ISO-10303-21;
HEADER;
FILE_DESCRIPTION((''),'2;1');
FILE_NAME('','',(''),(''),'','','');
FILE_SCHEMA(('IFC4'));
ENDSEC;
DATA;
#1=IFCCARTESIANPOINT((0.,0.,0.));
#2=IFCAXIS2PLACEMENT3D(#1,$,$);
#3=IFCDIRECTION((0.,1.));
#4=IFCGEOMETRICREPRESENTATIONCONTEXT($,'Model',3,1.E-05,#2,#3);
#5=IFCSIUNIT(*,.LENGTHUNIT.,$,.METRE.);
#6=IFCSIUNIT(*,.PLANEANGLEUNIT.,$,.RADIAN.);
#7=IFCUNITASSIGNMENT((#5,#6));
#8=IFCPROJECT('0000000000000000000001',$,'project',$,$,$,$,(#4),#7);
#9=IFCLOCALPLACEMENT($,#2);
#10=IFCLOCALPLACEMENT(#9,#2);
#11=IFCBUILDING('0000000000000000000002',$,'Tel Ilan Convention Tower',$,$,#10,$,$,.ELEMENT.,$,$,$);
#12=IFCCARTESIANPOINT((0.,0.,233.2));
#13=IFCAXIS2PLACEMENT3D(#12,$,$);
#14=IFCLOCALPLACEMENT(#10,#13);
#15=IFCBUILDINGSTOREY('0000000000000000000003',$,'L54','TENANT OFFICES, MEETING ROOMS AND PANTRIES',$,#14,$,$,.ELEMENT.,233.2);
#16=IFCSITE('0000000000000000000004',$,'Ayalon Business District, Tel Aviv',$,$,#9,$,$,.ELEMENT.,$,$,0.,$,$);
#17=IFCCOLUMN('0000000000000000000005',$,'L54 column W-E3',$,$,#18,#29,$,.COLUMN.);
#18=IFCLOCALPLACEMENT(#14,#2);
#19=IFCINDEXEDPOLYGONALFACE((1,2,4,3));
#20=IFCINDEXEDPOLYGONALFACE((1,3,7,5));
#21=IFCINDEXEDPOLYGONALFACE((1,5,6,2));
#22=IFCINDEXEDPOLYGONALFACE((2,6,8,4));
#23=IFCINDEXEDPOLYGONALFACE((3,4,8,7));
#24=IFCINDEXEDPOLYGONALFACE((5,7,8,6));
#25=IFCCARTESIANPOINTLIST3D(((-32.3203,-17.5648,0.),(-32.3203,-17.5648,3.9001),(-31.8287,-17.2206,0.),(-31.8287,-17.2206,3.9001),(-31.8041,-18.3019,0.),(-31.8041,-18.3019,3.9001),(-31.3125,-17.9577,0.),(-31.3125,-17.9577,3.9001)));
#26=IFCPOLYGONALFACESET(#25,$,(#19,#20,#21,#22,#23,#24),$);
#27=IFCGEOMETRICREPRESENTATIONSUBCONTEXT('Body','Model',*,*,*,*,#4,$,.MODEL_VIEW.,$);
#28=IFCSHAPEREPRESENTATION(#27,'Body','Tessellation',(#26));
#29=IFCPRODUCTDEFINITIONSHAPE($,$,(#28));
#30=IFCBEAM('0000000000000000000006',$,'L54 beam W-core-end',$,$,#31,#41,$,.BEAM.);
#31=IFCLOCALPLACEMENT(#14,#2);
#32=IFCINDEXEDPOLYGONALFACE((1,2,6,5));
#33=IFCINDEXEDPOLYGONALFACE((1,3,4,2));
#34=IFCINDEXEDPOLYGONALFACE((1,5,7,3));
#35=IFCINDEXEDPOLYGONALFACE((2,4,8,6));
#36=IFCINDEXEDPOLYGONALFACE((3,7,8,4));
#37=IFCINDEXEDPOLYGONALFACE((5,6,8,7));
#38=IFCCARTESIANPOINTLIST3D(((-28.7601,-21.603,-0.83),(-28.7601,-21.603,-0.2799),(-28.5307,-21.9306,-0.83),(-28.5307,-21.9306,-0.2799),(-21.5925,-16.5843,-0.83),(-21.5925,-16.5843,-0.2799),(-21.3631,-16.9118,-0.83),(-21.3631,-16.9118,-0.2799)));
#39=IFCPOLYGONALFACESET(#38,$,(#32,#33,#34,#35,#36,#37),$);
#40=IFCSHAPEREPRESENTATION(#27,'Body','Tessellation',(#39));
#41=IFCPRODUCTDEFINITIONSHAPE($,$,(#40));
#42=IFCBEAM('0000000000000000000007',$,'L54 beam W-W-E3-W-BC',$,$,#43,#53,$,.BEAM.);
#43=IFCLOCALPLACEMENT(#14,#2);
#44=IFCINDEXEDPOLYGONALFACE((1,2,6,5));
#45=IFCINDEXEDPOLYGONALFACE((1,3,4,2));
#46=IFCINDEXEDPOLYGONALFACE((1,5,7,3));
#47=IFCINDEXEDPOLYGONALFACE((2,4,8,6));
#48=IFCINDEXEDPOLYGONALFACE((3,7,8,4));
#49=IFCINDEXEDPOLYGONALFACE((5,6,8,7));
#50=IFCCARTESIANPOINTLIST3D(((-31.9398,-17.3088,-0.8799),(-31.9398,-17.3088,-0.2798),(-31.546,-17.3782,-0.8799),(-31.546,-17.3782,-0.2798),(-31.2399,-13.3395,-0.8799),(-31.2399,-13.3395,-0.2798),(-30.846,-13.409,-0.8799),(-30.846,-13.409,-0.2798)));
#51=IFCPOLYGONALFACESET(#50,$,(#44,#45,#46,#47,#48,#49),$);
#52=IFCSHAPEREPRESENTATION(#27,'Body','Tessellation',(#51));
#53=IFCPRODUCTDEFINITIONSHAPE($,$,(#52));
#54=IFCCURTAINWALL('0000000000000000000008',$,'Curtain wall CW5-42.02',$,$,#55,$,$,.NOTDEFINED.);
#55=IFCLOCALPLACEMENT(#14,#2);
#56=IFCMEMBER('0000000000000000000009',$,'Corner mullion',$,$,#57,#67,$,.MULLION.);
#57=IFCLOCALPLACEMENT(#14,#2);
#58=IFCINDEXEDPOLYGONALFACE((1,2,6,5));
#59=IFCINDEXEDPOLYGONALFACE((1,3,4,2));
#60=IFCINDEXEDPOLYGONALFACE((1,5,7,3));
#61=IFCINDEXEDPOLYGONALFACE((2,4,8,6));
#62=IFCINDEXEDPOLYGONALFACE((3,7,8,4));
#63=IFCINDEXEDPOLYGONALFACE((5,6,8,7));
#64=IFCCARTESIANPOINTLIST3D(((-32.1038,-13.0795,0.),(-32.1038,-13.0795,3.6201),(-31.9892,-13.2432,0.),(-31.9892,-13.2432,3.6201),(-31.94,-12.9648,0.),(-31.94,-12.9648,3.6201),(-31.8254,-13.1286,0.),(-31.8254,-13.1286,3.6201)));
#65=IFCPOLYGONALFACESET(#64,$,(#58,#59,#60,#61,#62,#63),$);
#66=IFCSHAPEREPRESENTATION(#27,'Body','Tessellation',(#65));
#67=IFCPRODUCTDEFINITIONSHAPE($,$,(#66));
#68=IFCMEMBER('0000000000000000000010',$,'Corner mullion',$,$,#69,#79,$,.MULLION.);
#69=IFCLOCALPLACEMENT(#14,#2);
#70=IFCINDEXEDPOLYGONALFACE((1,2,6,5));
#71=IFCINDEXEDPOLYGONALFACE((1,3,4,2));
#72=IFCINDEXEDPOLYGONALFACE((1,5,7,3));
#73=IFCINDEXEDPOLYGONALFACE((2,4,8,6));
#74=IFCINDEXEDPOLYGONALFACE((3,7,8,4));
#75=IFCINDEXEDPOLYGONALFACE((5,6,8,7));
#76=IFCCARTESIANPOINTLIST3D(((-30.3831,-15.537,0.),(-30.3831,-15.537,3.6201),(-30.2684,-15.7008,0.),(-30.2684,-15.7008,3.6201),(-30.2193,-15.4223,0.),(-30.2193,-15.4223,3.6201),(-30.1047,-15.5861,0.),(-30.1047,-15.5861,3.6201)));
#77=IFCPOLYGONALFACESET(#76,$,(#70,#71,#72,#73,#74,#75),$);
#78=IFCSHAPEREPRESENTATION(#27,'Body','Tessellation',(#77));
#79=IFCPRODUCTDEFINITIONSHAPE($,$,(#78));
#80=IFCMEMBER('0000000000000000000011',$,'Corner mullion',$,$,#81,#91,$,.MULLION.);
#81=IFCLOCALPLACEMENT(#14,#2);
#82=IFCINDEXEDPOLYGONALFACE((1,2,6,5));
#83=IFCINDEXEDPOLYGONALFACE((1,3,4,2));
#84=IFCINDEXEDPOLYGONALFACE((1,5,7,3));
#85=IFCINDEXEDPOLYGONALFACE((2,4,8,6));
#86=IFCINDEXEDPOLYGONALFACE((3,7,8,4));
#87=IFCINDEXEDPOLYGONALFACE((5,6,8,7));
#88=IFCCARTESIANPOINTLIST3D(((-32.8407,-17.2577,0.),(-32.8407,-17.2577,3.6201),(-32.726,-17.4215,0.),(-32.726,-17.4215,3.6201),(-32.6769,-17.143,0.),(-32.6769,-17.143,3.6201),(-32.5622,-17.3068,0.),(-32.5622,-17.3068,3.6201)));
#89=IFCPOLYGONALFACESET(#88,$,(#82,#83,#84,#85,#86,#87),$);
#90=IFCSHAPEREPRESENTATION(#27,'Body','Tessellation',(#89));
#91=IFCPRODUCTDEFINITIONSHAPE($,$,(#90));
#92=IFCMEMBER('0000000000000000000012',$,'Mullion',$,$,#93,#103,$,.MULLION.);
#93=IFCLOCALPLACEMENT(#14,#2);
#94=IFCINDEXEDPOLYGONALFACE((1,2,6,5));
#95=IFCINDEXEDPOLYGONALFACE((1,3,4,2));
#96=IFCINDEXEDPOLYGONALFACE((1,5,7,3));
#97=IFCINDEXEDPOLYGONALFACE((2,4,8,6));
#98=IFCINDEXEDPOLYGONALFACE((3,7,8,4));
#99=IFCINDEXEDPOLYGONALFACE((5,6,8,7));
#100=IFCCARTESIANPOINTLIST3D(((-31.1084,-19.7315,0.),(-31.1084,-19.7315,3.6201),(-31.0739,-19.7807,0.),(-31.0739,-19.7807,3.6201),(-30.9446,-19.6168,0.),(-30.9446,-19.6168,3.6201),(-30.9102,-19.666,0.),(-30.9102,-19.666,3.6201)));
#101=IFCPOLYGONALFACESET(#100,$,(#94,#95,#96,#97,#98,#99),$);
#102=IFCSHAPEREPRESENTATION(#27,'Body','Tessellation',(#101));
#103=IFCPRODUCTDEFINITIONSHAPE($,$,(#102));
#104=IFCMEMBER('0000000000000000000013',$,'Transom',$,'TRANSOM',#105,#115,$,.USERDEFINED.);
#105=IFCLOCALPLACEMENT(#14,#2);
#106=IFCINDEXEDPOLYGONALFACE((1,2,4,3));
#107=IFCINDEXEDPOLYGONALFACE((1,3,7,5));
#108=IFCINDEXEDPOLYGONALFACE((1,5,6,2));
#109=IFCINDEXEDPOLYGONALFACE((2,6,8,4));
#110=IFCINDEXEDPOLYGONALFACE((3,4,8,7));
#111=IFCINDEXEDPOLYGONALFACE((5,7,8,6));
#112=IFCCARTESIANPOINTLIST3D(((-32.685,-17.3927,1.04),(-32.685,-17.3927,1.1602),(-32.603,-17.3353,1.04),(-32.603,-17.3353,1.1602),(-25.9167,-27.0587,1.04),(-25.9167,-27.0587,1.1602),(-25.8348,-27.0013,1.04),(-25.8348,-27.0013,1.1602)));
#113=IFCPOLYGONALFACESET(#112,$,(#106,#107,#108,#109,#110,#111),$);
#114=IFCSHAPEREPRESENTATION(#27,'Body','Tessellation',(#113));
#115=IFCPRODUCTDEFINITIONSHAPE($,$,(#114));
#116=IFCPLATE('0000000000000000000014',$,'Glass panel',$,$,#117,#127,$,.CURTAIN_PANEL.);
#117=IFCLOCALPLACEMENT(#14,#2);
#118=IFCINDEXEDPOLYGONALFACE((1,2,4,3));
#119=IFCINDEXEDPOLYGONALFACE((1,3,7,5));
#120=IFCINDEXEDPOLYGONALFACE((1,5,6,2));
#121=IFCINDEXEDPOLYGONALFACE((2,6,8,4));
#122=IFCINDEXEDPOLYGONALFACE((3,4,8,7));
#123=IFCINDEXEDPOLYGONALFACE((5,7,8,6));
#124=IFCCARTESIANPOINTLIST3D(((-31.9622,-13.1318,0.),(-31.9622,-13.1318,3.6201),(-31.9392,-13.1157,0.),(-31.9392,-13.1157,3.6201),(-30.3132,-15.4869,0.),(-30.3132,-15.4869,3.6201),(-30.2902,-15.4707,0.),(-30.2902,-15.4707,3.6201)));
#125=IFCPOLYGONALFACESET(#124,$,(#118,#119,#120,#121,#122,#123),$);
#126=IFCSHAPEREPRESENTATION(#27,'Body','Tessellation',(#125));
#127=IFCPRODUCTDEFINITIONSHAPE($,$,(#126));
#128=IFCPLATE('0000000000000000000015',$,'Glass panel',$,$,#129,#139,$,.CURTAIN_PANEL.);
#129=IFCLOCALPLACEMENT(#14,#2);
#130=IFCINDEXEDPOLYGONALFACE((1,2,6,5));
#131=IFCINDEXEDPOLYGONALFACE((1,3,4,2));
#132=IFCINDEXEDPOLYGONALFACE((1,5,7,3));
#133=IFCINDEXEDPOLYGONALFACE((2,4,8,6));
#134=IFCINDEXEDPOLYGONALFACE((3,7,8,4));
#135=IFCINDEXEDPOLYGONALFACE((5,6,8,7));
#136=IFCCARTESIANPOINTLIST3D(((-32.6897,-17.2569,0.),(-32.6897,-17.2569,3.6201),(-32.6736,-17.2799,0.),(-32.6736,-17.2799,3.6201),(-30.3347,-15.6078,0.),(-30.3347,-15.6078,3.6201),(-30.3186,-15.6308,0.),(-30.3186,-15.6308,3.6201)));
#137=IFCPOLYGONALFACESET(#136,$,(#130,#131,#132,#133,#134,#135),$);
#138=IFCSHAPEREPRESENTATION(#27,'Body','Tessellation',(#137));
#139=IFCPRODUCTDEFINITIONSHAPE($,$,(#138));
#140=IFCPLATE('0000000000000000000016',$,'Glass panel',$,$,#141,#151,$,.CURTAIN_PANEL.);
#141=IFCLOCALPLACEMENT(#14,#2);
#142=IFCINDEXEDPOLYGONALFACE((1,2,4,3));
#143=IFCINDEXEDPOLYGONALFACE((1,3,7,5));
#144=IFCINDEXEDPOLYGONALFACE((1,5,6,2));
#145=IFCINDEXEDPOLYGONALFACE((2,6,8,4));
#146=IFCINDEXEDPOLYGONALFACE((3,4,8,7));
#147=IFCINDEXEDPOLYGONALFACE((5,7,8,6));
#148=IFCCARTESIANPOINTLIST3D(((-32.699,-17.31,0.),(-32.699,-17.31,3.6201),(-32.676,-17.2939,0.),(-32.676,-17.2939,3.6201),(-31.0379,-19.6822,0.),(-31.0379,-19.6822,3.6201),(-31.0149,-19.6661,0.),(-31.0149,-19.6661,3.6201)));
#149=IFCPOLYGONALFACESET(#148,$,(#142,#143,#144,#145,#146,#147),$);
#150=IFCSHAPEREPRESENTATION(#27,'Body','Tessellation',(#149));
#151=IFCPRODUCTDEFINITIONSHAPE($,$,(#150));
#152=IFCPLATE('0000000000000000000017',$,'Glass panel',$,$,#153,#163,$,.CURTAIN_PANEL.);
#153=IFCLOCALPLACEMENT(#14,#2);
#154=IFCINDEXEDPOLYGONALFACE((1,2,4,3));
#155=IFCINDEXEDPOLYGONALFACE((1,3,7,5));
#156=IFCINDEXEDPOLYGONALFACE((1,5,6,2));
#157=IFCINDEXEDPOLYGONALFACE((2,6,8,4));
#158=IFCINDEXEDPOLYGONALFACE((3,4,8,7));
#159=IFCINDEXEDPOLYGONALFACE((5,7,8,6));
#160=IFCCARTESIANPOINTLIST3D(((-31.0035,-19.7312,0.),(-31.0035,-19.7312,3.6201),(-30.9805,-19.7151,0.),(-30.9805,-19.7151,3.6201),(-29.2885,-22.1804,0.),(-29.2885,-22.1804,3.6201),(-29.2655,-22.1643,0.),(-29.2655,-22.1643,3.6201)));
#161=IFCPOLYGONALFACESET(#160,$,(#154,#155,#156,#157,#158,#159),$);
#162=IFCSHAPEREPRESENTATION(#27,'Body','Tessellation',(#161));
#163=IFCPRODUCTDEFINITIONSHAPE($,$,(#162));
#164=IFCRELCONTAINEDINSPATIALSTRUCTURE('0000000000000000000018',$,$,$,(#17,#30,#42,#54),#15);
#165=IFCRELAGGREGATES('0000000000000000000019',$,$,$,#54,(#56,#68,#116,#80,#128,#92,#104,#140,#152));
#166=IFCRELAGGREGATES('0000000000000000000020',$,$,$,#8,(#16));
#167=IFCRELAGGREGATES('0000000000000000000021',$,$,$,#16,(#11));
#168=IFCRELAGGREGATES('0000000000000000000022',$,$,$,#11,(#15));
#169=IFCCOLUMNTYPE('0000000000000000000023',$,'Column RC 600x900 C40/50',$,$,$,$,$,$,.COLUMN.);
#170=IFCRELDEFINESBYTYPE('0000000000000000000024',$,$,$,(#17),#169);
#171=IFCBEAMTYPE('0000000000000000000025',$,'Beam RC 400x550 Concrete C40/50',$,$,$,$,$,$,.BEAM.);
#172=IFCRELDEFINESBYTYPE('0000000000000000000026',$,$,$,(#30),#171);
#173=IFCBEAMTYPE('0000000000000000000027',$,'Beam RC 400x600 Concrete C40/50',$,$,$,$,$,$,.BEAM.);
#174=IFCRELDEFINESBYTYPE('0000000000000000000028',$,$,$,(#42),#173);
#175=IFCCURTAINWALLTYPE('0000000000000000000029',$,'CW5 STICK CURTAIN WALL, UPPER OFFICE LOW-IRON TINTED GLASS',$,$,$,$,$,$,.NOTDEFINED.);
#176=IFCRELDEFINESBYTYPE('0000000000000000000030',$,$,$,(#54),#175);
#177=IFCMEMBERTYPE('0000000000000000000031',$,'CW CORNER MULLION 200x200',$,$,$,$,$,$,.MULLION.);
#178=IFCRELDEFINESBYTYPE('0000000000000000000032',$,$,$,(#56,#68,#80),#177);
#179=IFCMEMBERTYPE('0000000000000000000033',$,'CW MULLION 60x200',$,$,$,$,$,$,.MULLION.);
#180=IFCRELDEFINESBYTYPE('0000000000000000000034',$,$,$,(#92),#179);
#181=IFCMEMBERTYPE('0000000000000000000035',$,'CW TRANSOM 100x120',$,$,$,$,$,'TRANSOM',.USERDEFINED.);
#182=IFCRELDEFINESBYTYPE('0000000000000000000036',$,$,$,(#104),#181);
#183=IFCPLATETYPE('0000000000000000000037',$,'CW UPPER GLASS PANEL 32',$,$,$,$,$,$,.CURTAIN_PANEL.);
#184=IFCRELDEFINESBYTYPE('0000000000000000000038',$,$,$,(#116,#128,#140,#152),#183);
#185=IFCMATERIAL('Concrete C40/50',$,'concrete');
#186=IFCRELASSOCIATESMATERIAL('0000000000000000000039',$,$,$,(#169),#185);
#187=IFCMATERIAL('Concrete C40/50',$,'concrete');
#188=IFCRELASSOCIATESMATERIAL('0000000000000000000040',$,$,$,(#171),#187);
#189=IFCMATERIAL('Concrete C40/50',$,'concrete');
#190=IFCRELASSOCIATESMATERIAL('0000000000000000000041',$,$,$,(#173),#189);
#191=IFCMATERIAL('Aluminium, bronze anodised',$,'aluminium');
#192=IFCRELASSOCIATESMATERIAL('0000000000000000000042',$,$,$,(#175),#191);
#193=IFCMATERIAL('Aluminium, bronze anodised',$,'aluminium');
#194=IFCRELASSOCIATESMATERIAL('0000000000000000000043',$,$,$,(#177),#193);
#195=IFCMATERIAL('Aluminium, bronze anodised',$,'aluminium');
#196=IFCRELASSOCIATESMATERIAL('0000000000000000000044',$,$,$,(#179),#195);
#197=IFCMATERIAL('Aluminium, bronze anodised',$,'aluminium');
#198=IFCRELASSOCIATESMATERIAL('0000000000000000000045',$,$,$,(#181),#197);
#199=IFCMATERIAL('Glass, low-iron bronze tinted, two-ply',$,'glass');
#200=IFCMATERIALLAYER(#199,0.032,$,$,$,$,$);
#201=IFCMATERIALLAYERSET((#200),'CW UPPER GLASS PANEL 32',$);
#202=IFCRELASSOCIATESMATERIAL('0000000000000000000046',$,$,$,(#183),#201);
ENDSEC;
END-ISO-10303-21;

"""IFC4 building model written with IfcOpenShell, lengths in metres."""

from ifc_helpers import new_model, si_unit, direction, frame, origin, origin_2d, place, context, subcontext, project, spatial, rectangle, extrude, material, layer, layer_set, material_profile, profile_set, type_object, element, aggregate, save


model = new_model("IFC4")

# Units and contexts
model_context = context("Model", 3, precision=1e-05, world=origin(), true_north=direction((0.0, 1.0)))
body_context = subcontext(model_context, "Body", "Model", "MODEL_VIEW")
ifc_project = project(units=[si_unit("LENGTHUNIT", "METRE"), si_unit("PLANEANGLEUNIT", "RADIAN")], contexts=[model_context])

# Site, building, storey
site_placement = place(None, origin())
site = spatial("IfcSite", under=ifc_project, at=site_placement, Name="Ayalon Business District, Tel Aviv", CompositionType="ELEMENT", RefElevation=0.0)
building_placement = place(site_placement, origin())
building = spatial("IfcBuilding", under=site, at=building_placement, Name="Tel Ilan Convention Tower", CompositionType="ELEMENT")
storey_placement = place(building_placement, frame((0.0, 0.0, 233.2)))
storey = spatial("IfcBuildingStorey", under=building, at=storey_placement, Name="L54", Description="TENANT OFFICES, MEETING ROOMS AND PANTRIES", CompositionType="ELEMENT", Elevation=233.2)

# Column
ifc_material_1 = material(Name="Concrete C40/50", Category="concrete")
ifc_material_profile_1 = material_profile(ifc_material_1, rectangle(XDim=0.8999, YDim=0.6001, at=origin_2d()), Name="RC 600x900")
ifc_profile_set_1 = profile_set([ifc_material_profile_1], Name="Concrete C40/50")
column_type = type_object("IfcColumnType", Name="Column RC 600x900 C40/50", PredefinedType="COLUMN", material=ifc_profile_set_1)
column_placement = place(storey_placement, frame((-31.8164, -17.7612, 0.0), z_axis=(0.0, 0.0, 1.0), x_axis=(-0.573576, 0.819152, 0.0)))
element("IfcColumn", 1, at=column_placement, inside=storey, type_object=column_type, Name="L54 column W-E3", PredefinedType="COLUMN", context=body_context, shape_type="SweptSolid", body=[
    extrude(rectangle(XDim=0.8999, YDim=0.6001, at=origin_2d()), origin(), (0.0, 0.0, 1.0), 3.9001),
])

# Beams
ifc_material_2 = material(Name="Concrete C40/50", Category="concrete")
ifc_material_profile_2 = material_profile(ifc_material_2, rectangle(XDim=0.3999, YDim=0.55, at=origin_2d()), Name="RC 400x550")
ifc_profile_set_2 = profile_set([ifc_material_profile_2], Name="Concrete C40/50")
beam_type_1 = type_object("IfcBeamType", Name="Beam RC 400x550 Concrete C40/50", PredefinedType="BEAM", material=ifc_profile_set_2)
beam_1_placement = place(storey_placement, frame((-21.4778, -16.748, -0.5549), z_axis=(-0.819157, -0.573569, 0.0), x_axis=(0.573569, -0.819157, 0.0)))
element("IfcBeam", 2, at=beam_1_placement, inside=storey, type_object=beam_type_1, Name="L54 beam W-core-end", PredefinedType="BEAM", context=body_context, shape_type="SweptSolid", body=[
    extrude(rectangle(XDim=0.3999, YDim=0.55, at=origin_2d()), origin(), (0.0, 0.0, 1.0), 8.75),
])
ifc_material_3 = material(Name="Concrete C40/50", Category="concrete")
ifc_material_profile_3 = material_profile(ifc_material_3, rectangle(XDim=0.3999, YDim=0.6001, at=origin_2d()), Name="RC 400x600")
ifc_profile_set_3 = profile_set([ifc_material_profile_3], Name="Concrete C40/50")
beam_type_2 = type_object("IfcBeamType", Name="Beam RC 400x600 Concrete C40/50", PredefinedType="BEAM", material=ifc_profile_set_3)
beam_2_placement = place(storey_placement, frame((-31.7429, -17.3435, -0.5798), z_axis=(0.173664, 0.984805, 0.0), x_axis=(-0.984805, 0.173664, 0.0)))
element("IfcBeam", 3, at=beam_2_placement, inside=storey, type_object=beam_type_2, Name="L54 beam W-W-E3-W-BC", PredefinedType="BEAM", context=body_context, shape_type="SweptSolid", body=[
    extrude(rectangle(XDim=0.3999, YDim=0.6001, at=origin_2d()), origin(), (0.0, 0.0, 1.0), 4.0305),
])

# Curtain wall, members, plates
ifc_material_4 = material(Name="Aluminium, bronze anodised", Category="aluminium")
curtain_wall_type = type_object("IfcCurtainWallType", Name="CW5 STICK CURTAIN WALL, UPPER OFFICE LOW-IRON TINTED GLASS", PredefinedType="NOTDEFINED", material=ifc_material_4)
curtain_wall_placement = place(storey_placement, origin())
curtain_wall = element("IfcCurtainWall", 4, at=curtain_wall_placement, inside=storey, type_object=curtain_wall_type, Name="Curtain wall CW5-42.02", PredefinedType="NOTDEFINED")
ifc_material_5 = material(Name="Aluminium, bronze anodised", Category="aluminium")
ifc_material_profile_4 = material_profile(ifc_material_5, rectangle(XDim=0.2, YDim=0.2, at=origin_2d()), Name="CW CORNER MULLION 200x200")
ifc_profile_set_4 = profile_set([ifc_material_profile_4], Name="Aluminium, bronze anodised")
member_type_1 = type_object("IfcMemberType", Name="CW CORNER MULLION 200x200", PredefinedType="MULLION", material=ifc_profile_set_4)
member_1_placement = place(storey_placement, frame((-31.9646, -13.104, 0.0), z_axis=(0.0, 0.0, 1.0), x_axis=(-0.819152, -0.573576, 0.0)))
member_1 = element("IfcMember", 5, at=member_1_placement, type_object=member_type_1, Name="Corner mullion", PredefinedType="MULLION", context=body_context, shape_type="SweptSolid", body=[
    extrude(rectangle(XDim=0.2, YDim=0.2, at=origin_2d()), origin(), (0.0, 0.0, 1.0), 3.6201),
])
member_2_placement = place(storey_placement, frame((-30.2439, -15.5615, 0.0), z_axis=(0.0, 0.0, 1.0), x_axis=(0.573576, -0.819152, 0.0)))
member_2 = element("IfcMember", 6, at=member_2_placement, type_object=member_type_1, Name="Corner mullion", PredefinedType="MULLION", context=body_context, shape_type="SweptSolid", body=[
    extrude(rectangle(XDim=0.2, YDim=0.2, at=origin_2d()), origin(), (0.0, 0.0, 1.0), 3.6201),
])
member_3_placement = place(storey_placement, frame((-32.7014, -17.2822, 0.0), z_axis=(0.0, 0.0, 1.0), x_axis=(-0.819152, -0.573576, 0.0)))
member_3 = element("IfcMember", 7, at=member_3_placement, type_object=member_type_1, Name="Corner mullion", PredefinedType="MULLION", context=body_context, shape_type="SweptSolid", body=[
    extrude(rectangle(XDim=0.2, YDim=0.2, at=origin_2d()), origin(), (0.0, 0.0, 1.0), 3.6201),
])
ifc_material_6 = material(Name="Aluminium, bronze anodised", Category="aluminium")
ifc_material_profile_5 = material_profile(ifc_material_6, rectangle(XDim=0.0601, YDim=0.2, at=origin_2d()), Name="CW MULLION 60x200")
ifc_profile_set_5 = profile_set([ifc_material_profile_5], Name="Aluminium, bronze anodised")
member_type_2 = type_object("IfcMemberType", Name="CW MULLION 60x200", PredefinedType="MULLION", material=ifc_profile_set_5)
member_4_placement = place(storey_placement, frame((-31.0093, -19.6987, 0.0), z_axis=(0.0, 0.0, 1.0), x_axis=(0.573576, -0.819152, 0.0)))
member_4 = element("IfcMember", 8, at=member_4_placement, type_object=member_type_2, Name="Mullion", PredefinedType="MULLION", context=body_context, shape_type="SweptSolid", body=[
    extrude(rectangle(XDim=0.0601, YDim=0.2, at=origin_2d()), origin(), (0.0, 0.0, 1.0), 3.6201),
])
ifc_material_7 = material(Name="Aluminium, bronze anodised", Category="aluminium")
ifc_material_profile_6 = material_profile(ifc_material_7, rectangle(XDim=0.1001, YDim=0.1201, at=origin_2d()), Name="CW TRANSOM 100x120")
ifc_profile_set_6 = profile_set([ifc_material_profile_6], Name="Aluminium, bronze anodised")
member_type_3 = type_object("IfcMemberType", Name="CW TRANSOM 100x120", ElementType="TRANSOM", PredefinedType="USERDEFINED", material=ifc_profile_set_6)
member_5_placement = place(storey_placement, frame((-32.644, -17.364, 1.1001), z_axis=(0.573582, -0.819148, 0.0), x_axis=(0.819148, 0.573582, 0.0)))
member_5 = element("IfcMember", 9, at=member_5_placement, type_object=member_type_3, Name="Transom", ObjectType="TRANSOM", PredefinedType="USERDEFINED", context=body_context, shape_type="SweptSolid", body=[
    extrude(rectangle(XDim=0.1001, YDim=0.1201, at=origin_2d()), origin(), (0.0, 0.0, 1.0), 11.8),
])
ifc_material_8 = material(Name="Glass, low-iron bronze tinted, two-ply", Category="glass")
ifc_layer_1 = layer(ifc_material_8, 0.032)
ifc_layer_set_1 = layer_set([ifc_layer_1], Name="CW UPPER GLASS PANEL 32")
plate_type = type_object("IfcPlateType", Name="CW UPPER GLASS PANEL 32", PredefinedType="CURTAIN_PANEL", material=ifc_layer_set_1)
plate_1_placement = place(storey_placement, frame((-31.1262, -14.3013, 0.0), z_axis=(0.0, 0.0, 1.0), x_axis=(0.573576, -0.819152, 0.0)))
plate_1 = element("IfcPlate", 10, at=plate_1_placement, type_object=plate_type, Name="Glass panel", PredefinedType="CURTAIN_PANEL", context=body_context, shape_type="SweptSolid", body=[
    extrude(rectangle(XDim=2.875, YDim=0.0281, at=origin_2d()), origin(), (0.0, 0.0, 1.0), 3.6201),
])
plate_2_placement = place(storey_placement, frame((-31.5042, -16.4438, 0.0), z_axis=(0.0, 0.0, 1.0), x_axis=(-0.819152, -0.573576, 0.0)))
plate_2 = element("IfcPlate", 11, at=plate_2_placement, type_object=plate_type, Name="Glass panel", PredefinedType="CURTAIN_PANEL", context=body_context, shape_type="SweptSolid", body=[
    extrude(rectangle(XDim=2.875, YDim=0.0281, at=origin_2d()), origin(), (0.0, 0.0, 1.0), 3.6201),
])
plate_3_placement = place(storey_placement, frame((-31.8569, -18.488, 0.0), z_axis=(0.0, 0.0, 1.0), x_axis=(0.573576, -0.819152, 0.0)))
plate_3 = element("IfcPlate", 12, at=plate_3_placement, type_object=plate_type, Name="Glass panel", PredefinedType="CURTAIN_PANEL", context=body_context, shape_type="SweptSolid", body=[
    extrude(rectangle(XDim=2.896, YDim=0.0281, at=origin_2d()), origin(), (0.0, 0.0, 1.0), 3.6201),
])
plate_4_placement = place(storey_placement, frame((-30.1345, -20.9478, 0.0), z_axis=(0.0, 0.0, 1.0), x_axis=(0.573576, -0.819152, 0.0)))
plate_4 = element("IfcPlate", 13, at=plate_4_placement, type_object=plate_type, Name="Glass panel", PredefinedType="CURTAIN_PANEL", context=body_context, shape_type="SweptSolid", body=[
    extrude(rectangle(XDim=2.99, YDim=0.0281, at=origin_2d()), origin(), (0.0, 0.0, 1.0), 3.6201),
])
aggregate(curtain_wall, [member_1, member_2, plate_1, member_3, plate_2, member_4, member_5, plate_3, plate_4])

save(model, "model.ifc")
